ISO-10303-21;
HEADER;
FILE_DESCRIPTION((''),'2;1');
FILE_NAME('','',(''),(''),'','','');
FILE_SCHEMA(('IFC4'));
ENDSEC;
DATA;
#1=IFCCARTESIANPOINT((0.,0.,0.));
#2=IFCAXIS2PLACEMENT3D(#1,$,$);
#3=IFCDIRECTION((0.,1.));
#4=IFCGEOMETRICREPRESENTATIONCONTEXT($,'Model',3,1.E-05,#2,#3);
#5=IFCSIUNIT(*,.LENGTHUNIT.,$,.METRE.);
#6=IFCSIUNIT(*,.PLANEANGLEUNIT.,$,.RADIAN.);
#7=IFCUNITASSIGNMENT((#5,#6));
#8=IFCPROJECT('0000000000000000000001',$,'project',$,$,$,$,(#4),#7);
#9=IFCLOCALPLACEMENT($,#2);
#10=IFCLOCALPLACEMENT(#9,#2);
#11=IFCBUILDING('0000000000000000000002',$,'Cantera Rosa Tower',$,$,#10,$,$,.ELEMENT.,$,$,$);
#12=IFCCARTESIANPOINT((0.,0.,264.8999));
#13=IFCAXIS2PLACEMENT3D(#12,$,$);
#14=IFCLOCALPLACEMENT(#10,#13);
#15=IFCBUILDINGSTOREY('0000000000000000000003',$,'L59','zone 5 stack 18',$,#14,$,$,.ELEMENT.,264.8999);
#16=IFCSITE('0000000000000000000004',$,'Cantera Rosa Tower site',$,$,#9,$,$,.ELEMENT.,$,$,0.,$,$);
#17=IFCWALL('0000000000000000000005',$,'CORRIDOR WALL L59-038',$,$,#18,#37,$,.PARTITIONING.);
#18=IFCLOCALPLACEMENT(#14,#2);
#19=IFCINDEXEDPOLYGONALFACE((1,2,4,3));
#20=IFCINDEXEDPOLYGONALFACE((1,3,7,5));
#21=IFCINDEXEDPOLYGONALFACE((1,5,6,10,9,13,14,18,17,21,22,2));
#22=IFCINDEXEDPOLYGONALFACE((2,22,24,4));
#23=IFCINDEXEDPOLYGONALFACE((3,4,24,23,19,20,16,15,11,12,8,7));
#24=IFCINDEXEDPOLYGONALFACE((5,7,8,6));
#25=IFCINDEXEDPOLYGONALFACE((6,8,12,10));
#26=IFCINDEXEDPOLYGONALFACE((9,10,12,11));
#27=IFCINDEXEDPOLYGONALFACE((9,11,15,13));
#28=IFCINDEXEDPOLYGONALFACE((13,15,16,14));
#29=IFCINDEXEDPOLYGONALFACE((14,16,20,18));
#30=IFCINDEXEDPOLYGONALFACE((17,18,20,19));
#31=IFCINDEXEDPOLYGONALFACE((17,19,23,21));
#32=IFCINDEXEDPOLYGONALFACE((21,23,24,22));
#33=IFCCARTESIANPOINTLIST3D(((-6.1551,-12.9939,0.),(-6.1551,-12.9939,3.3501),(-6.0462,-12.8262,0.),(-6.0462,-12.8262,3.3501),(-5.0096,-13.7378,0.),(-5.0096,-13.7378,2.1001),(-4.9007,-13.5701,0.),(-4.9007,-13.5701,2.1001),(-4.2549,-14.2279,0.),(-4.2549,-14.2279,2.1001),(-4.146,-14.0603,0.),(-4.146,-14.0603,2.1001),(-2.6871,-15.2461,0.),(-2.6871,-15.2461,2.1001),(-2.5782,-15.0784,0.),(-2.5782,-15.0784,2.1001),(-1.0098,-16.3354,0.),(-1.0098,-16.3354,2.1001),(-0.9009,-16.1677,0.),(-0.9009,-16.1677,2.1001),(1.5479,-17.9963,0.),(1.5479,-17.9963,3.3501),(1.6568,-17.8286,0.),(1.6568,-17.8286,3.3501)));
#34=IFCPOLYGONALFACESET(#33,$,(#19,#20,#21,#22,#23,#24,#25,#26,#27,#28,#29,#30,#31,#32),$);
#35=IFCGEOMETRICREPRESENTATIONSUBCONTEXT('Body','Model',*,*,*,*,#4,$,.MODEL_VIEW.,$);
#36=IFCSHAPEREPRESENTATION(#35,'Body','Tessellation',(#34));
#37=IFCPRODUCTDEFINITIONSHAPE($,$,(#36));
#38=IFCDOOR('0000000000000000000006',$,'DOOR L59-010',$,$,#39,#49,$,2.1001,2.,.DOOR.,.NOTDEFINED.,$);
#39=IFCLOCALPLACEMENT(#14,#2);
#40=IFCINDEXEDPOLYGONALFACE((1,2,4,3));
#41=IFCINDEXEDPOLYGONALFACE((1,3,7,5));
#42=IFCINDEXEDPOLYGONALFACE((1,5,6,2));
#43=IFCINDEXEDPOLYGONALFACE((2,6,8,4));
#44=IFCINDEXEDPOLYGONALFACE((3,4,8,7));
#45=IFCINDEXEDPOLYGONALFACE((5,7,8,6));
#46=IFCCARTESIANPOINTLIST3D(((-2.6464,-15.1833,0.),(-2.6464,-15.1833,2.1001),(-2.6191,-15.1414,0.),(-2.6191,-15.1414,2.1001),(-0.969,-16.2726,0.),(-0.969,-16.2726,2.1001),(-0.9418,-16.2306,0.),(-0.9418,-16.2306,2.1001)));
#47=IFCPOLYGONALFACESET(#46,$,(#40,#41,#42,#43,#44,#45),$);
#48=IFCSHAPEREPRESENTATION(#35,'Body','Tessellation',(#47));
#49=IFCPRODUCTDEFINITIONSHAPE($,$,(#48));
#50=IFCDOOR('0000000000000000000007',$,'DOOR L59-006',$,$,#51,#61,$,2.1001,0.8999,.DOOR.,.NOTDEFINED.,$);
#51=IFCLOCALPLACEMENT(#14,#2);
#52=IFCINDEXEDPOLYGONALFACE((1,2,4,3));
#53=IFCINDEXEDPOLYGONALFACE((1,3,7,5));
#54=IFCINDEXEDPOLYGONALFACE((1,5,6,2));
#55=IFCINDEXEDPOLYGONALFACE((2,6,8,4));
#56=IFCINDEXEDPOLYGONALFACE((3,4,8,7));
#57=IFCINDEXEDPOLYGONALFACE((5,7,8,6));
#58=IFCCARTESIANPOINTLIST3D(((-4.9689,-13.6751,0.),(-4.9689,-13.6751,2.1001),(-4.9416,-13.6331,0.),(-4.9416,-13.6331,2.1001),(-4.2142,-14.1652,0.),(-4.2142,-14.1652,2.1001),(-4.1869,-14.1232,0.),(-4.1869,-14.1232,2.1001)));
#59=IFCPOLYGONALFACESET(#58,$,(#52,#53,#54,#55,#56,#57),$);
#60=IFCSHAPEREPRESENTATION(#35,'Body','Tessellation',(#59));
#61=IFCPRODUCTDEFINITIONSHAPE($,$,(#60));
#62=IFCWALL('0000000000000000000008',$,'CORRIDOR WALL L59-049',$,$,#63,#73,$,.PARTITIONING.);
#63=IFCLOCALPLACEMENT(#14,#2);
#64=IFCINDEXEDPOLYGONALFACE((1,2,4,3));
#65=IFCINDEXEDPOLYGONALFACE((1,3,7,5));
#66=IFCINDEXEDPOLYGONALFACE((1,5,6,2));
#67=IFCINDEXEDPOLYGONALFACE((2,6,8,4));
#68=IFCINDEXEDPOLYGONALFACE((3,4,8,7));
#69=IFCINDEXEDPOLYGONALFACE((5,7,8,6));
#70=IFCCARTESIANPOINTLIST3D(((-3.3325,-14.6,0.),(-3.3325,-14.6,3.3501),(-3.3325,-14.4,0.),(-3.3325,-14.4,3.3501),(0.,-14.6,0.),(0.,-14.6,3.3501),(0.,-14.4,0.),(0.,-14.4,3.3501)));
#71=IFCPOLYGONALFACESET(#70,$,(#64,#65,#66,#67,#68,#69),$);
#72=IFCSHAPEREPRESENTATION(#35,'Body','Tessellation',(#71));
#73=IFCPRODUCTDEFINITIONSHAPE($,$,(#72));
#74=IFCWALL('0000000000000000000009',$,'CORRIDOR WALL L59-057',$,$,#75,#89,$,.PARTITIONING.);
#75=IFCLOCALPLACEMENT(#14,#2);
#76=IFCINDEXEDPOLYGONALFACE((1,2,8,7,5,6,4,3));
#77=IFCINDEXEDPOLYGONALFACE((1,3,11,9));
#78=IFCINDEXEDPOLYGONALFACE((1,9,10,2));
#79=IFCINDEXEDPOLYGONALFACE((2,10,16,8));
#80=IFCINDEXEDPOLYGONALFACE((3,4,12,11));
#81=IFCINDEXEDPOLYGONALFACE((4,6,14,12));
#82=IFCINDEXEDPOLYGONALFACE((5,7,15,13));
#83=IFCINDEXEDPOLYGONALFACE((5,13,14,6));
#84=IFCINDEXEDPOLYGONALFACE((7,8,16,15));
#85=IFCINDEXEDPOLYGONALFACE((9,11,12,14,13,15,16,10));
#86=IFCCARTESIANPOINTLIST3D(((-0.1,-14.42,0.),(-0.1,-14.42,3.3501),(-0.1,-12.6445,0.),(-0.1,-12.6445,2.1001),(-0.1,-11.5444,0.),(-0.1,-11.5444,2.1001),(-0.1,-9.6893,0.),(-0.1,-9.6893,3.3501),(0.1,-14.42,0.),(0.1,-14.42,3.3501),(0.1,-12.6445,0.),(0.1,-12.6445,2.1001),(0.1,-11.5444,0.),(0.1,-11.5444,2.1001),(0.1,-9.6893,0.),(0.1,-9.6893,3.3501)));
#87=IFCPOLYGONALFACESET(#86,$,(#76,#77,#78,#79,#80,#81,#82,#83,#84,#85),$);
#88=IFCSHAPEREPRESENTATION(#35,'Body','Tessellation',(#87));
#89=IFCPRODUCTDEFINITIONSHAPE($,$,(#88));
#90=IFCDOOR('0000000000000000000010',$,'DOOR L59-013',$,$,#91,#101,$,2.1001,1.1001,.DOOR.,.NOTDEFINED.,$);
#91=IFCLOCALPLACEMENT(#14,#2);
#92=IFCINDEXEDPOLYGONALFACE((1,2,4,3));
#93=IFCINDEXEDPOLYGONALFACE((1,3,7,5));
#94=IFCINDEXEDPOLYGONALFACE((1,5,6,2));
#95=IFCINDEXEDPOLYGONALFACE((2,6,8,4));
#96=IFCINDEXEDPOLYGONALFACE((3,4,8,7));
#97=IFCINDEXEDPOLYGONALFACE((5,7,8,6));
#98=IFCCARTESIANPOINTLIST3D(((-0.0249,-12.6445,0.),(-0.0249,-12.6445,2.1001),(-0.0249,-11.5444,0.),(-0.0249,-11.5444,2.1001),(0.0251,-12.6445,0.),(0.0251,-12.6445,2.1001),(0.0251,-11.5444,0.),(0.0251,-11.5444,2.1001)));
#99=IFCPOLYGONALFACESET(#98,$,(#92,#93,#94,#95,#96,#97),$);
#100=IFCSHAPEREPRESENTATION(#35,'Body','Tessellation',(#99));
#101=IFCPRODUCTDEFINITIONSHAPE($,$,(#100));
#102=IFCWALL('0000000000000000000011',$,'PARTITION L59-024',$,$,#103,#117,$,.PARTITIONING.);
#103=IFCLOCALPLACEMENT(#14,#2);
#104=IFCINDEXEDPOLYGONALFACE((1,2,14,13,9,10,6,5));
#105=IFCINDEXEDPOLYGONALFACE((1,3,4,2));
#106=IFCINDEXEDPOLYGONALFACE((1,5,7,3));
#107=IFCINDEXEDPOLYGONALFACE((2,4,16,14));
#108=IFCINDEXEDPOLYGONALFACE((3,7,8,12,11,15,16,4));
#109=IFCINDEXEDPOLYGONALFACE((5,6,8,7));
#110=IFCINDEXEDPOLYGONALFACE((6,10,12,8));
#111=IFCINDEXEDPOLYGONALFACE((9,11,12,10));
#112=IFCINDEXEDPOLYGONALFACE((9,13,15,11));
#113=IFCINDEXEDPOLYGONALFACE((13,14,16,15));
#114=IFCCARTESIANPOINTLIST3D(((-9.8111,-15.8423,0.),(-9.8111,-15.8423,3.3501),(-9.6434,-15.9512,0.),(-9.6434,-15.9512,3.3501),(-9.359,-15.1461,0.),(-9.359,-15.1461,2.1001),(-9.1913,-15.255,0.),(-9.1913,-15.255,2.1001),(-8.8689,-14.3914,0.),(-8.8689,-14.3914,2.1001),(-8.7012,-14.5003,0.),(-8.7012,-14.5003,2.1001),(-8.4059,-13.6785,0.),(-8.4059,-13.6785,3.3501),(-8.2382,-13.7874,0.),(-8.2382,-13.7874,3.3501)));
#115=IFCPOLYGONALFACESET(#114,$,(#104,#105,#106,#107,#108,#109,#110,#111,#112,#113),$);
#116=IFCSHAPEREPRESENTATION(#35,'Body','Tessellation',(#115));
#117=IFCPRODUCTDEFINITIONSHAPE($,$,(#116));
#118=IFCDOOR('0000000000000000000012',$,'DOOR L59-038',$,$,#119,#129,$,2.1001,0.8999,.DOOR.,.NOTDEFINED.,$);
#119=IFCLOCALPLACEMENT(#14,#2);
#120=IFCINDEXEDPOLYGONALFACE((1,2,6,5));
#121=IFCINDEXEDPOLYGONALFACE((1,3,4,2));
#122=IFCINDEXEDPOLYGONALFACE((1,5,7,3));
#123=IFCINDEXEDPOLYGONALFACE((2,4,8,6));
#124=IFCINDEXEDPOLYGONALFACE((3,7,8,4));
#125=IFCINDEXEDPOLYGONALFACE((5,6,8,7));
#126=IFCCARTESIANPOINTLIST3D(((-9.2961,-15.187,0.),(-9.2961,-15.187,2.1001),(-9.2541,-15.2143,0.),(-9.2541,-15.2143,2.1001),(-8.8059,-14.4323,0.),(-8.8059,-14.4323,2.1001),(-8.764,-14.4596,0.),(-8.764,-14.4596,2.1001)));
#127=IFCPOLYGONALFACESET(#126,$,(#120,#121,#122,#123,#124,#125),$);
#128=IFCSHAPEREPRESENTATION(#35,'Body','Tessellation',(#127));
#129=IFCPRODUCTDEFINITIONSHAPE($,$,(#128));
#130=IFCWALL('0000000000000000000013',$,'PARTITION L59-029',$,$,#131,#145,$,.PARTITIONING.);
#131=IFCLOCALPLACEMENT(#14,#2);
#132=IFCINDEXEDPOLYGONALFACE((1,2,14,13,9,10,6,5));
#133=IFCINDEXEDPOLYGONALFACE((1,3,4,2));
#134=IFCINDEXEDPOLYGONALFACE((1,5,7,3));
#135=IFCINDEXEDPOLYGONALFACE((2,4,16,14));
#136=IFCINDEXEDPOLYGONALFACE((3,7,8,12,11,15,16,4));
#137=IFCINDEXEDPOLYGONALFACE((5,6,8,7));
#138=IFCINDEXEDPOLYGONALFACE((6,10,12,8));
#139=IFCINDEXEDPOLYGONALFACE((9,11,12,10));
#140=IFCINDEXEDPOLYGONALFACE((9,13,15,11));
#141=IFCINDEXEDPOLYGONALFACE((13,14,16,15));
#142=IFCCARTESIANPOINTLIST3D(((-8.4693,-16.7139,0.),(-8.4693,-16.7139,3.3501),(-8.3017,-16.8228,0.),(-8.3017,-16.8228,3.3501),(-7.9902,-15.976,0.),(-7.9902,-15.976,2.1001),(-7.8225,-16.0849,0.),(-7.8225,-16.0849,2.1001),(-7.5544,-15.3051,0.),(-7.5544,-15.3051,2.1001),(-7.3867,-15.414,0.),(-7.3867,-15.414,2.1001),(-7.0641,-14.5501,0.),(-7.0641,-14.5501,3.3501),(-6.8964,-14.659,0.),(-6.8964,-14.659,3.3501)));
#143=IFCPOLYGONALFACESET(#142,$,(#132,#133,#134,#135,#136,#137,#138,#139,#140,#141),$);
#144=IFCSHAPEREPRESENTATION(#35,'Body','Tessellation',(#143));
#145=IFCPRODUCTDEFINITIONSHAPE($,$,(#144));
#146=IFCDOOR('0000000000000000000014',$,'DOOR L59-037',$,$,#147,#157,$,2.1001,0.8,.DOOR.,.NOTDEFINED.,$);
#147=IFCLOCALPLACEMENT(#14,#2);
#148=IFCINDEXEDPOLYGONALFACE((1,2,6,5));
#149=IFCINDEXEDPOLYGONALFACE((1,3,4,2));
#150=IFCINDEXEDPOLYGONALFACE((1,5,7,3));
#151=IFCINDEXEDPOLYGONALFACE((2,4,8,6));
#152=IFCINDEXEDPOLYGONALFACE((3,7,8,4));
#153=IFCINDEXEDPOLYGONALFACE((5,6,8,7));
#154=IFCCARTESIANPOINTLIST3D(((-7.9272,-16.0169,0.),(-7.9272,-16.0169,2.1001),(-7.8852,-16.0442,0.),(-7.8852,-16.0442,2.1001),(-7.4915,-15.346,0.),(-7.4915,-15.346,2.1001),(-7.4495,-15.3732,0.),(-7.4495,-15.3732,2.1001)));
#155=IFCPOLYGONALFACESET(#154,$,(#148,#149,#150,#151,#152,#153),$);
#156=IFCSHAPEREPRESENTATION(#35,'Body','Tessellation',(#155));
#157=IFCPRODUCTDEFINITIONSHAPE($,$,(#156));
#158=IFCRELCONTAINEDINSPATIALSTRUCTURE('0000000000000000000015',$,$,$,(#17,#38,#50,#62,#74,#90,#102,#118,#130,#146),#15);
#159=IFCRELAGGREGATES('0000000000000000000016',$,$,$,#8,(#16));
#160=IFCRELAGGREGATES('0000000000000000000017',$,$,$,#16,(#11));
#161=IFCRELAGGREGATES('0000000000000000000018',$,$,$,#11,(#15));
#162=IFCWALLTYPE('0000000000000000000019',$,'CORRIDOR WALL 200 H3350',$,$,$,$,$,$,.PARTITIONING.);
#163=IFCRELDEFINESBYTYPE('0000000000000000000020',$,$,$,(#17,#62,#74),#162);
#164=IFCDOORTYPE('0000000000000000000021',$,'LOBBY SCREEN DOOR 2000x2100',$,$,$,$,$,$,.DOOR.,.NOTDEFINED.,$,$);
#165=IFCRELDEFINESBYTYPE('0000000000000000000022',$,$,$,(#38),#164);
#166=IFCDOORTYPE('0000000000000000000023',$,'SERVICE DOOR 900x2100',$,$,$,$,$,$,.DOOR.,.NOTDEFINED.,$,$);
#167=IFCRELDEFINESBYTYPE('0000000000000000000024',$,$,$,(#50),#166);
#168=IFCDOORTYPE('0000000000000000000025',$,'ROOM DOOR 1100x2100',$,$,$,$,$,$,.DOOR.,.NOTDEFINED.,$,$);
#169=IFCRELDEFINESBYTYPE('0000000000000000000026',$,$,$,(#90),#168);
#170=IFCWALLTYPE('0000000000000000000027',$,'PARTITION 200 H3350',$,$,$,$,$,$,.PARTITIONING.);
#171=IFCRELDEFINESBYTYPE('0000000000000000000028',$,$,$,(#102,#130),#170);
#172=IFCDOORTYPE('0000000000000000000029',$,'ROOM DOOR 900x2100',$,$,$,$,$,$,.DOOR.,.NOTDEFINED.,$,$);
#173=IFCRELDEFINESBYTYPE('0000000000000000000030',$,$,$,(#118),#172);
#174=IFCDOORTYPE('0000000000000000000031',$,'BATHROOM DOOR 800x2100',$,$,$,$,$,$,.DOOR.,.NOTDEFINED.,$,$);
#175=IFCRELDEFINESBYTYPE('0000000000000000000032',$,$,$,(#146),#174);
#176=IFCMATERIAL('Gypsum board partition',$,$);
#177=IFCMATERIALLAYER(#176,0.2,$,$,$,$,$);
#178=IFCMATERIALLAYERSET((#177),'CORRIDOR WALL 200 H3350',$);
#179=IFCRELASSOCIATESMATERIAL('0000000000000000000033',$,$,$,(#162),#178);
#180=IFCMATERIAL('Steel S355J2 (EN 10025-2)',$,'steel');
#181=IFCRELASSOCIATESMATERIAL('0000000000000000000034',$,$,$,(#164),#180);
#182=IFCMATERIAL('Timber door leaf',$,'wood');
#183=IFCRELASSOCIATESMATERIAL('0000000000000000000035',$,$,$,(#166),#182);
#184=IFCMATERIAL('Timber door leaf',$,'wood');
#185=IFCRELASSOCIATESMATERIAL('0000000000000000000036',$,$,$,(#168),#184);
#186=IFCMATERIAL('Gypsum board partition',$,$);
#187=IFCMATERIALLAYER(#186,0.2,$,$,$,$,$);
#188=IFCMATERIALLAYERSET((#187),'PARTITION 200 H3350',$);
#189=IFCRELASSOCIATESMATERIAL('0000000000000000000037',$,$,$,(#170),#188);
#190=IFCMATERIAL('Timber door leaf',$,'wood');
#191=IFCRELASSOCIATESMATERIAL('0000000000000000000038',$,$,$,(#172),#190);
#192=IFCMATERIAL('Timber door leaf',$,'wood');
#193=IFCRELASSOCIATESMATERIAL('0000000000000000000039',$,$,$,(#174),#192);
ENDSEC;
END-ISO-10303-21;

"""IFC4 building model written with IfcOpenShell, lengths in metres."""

from ifc_helpers import new_model, si_unit, direction, frame, frame_2d, origin, place, context, subcontext, project, spatial, rectangle, extrude, material, layer, layer_set, type_object, element, fill, save


model = new_model("IFC4")

# Units and contexts
model_context = context("Model", 3, precision=1e-05, world=origin(), true_north=direction((0.0, 1.0)))
body_context = subcontext(model_context, "Body", "Model", "MODEL_VIEW")
ifc_project = project(units=[si_unit("LENGTHUNIT", "METRE"), si_unit("PLANEANGLEUNIT", "RADIAN")], contexts=[model_context])

# Site, building, storey
site_placement = place(None, origin())
site = spatial("IfcSite", under=ifc_project, at=site_placement, Name="Cantera Rosa Tower site", CompositionType="ELEMENT", RefElevation=0.0)
building_placement = place(site_placement, origin())
building = spatial("IfcBuilding", under=site, at=building_placement, Name="Cantera Rosa Tower", CompositionType="ELEMENT")
storey_placement = place(building_placement, frame((0.0, 0.0, 264.8999)))
storey = spatial("IfcBuildingStorey", under=building, at=storey_placement, Name="L59", Description="zone 5 stack 18", CompositionType="ELEMENT", Elevation=264.8999)

# Wall, openings, doors
ifc_material_1 = material(Name="Gypsum board partition")
ifc_layer_1 = layer(ifc_material_1, 0.2)
ifc_layer_set_1 = layer_set([ifc_layer_1], Name="CORRIDOR WALL 200 H3350")
wall_type_1 = type_object("IfcWallType", Name="CORRIDOR WALL 200 H3350", PredefinedType="PARTITIONING", material=ifc_layer_set_1)
wall_1_placement = place(storey_placement, frame((-6.1006, -12.9102, 0.0), z_axis=(0.0, 0.0, 1.0), x_axis=(0.838672, -0.544637, 0.0)))
wall_1 = element("IfcWall", 1, at=wall_1_placement, inside=storey, type_object=wall_type_1, Name="CORRIDOR WALL L59-038", PredefinedType="PARTITIONING", context=body_context, shape_type="SweptSolid", body=[
    extrude(rectangle(XDim=9.1848, YDim=0.2, at=frame_2d((4.5923, 0.0))), origin(), (0.0, 0.0, 1.0), 3.3501),
])
opening_1_placement = place(wall_1_placement, frame((1.3657, 0.0, 0.0)))
opening_1 = element("IfcOpeningElement", 2, at=opening_1_placement, cuts=wall_1, PredefinedType="OPENING", context=body_context, shape_type="SweptSolid", body=[
    extrude(rectangle(XDim=0.8999, YDim=2.1001, at=frame_2d((0.45, 1.05))), frame((0.0, 0.1099, 0.0), z_axis=(0.0, -1.0, 0.0), x_axis=(1.0, 0.0, 0.0)), (0.0, 0.0, 1.0), 0.22),
])
opening_2_placement = place(wall_1_placement, frame((4.135, 0.0, 0.0)))
opening_2 = element("IfcOpeningElement", 3, at=opening_2_placement, cuts=wall_1, PredefinedType="OPENING", context=body_context, shape_type="SweptSolid", body=[
    extrude(rectangle(XDim=2.0, YDim=2.1001, at=frame_2d((1.0, 1.05))), frame((0.0, 0.1099, 0.0), z_axis=(0.0, -1.0, 0.0), x_axis=(1.0, 0.0, 0.0)), (0.0, 0.0, 1.0), 0.22),
])
ifc_material_2 = material(Name="Steel S355J2 (EN 10025-2)", Category="steel")
door_type_1 = type_object("IfcDoorType", Name="LOBBY SCREEN DOOR 2000x2100", OperationType="NOTDEFINED", PredefinedType="DOOR", material=ifc_material_2)
door_1_placement = place(opening_2_placement, origin())
door_1 = element("IfcDoor", 4, at=door_1_placement, inside=storey, type_object=door_type_1, Name="DOOR L59-010", OperationType="NOTDEFINED", OverallHeight=2.1001, OverallWidth=2.0, PredefinedType="DOOR", context=body_context, shape_type="SweptSolid", body=[
    extrude(rectangle(XDim=2.0, YDim=2.1001, at=frame_2d((1.0, 1.05))), frame((0.0, 0.0249, 0.0), z_axis=(0.0, -1.0, 0.0), x_axis=(1.0, 0.0, 0.0)), (0.0, 0.0, 1.0), 0.05),
])
fill(opening_2, door_1)
ifc_material_3 = material(Name="Timber door leaf", Category="wood")
door_type_2 = type_object("IfcDoorType", Name="SERVICE DOOR 900x2100", OperationType="NOTDEFINED", PredefinedType="DOOR", material=ifc_material_3)
door_2_placement = place(opening_1_placement, origin())
door_2 = element("IfcDoor", 5, at=door_2_placement, inside=storey, type_object=door_type_2, Name="DOOR L59-006", OperationType="NOTDEFINED", OverallHeight=2.1001, OverallWidth=0.8999, PredefinedType="DOOR", context=body_context, shape_type="SweptSolid", body=[
    extrude(rectangle(XDim=0.8999, YDim=2.1001, at=frame_2d((0.45, 1.05))), frame((0.0, 0.0249, 0.0), z_axis=(0.0, -1.0, 0.0), x_axis=(1.0, 0.0, 0.0)), (0.0, 0.0, 1.0), 0.05),
])
fill(opening_1, door_2)

# Wall
wall_2_placement = place(storey_placement, frame((-3.3325, -14.5, 0.0), z_axis=(0.0, 0.0, 1.0), x_axis=(1.0, 0.0, 0.0)))
element("IfcWall", 6, at=wall_2_placement, inside=storey, type_object=wall_type_1, Name="CORRIDOR WALL L59-049", PredefinedType="PARTITIONING", context=body_context, shape_type="SweptSolid", body=[
    extrude(rectangle(XDim=3.3325, YDim=0.2, at=frame_2d((1.6663, 0.0))), origin(), (0.0, 0.0, 1.0), 3.3501),
])

# Walls, openings, doors
wall_3_placement = place(storey_placement, frame((0.0, -14.4199, 0.0), z_axis=(0.0, 0.0, 1.0), x_axis=(0.0, 1.0, 0.0)))
wall_3 = element("IfcWall", 7, at=wall_3_placement, inside=storey, type_object=wall_type_1, Name="CORRIDOR WALL L59-057", PredefinedType="PARTITIONING", context=body_context, shape_type="SweptSolid", body=[
    extrude(rectangle(XDim=4.7307, YDim=0.2, at=frame_2d((2.3652, 0.0))), origin(), (0.0, 0.0, 1.0), 3.3501),
])
opening_3_placement = place(wall_3_placement, frame((1.7754, 0.0, 0.0)))
opening_3 = element("IfcOpeningElement", 8, at=opening_3_placement, cuts=wall_3, PredefinedType="OPENING", context=body_context, shape_type="SweptSolid", body=[
    extrude(rectangle(XDim=1.1001, YDim=2.1001, at=frame_2d((0.55, 1.05))), frame((0.0, 0.1099, 0.0), z_axis=(0.0, -1.0, 0.0), x_axis=(1.0, 0.0, 0.0)), (0.0, 0.0, 1.0), 0.22),
])
ifc_material_4 = material(Name="Timber door leaf", Category="wood")
door_type_3 = type_object("IfcDoorType", Name="ROOM DOOR 1100x2100", OperationType="NOTDEFINED", PredefinedType="DOOR", material=ifc_material_4)
door_3_placement = place(opening_3_placement, origin())
door_3 = element("IfcDoor", 9, at=door_3_placement, inside=storey, type_object=door_type_3, Name="DOOR L59-013", OperationType="NOTDEFINED", OverallHeight=2.1001, OverallWidth=1.1001, PredefinedType="DOOR", context=body_context, shape_type="SweptSolid", body=[
    extrude(rectangle(XDim=1.1001, YDim=2.1001, at=frame_2d((0.55, 1.05))), frame((0.0, 0.0249, 0.0), z_axis=(0.0, -1.0, 0.0), x_axis=(1.0, 0.0, 0.0)), (0.0, 0.0, 1.0), 0.05),
])
fill(opening_3, door_3)
ifc_material_5 = material(Name="Gypsum board partition")
ifc_layer_2 = layer(ifc_material_5, 0.2)
ifc_layer_set_2 = layer_set([ifc_layer_2], Name="PARTITION 200 H3350")
wall_type_2 = type_object("IfcWallType", Name="PARTITION 200 H3350", PredefinedType="PARTITIONING", material=ifc_layer_set_2)
wall_4_placement = place(storey_placement, frame((-9.7273, -15.8967, 0.0), z_axis=(0.0, 0.0, 1.0), x_axis=(0.544659, 0.838658, 0.0)))
wall_4 = element("IfcWall", 10, at=wall_4_placement, inside=storey, type_object=wall_type_2, Name="PARTITION L59-024", PredefinedType="PARTITIONING", context=body_context, shape_type="SweptSolid", body=[
    extrude(rectangle(XDim=2.5801, YDim=0.2, at=frame_2d((1.29, 0.0))), origin(), (0.0, 0.0, 1.0), 3.3501),
])
opening_4_placement = place(wall_4_placement, frame((0.8301, 0.0, 0.0)))
opening_4 = element("IfcOpeningElement", 11, at=opening_4_placement, cuts=wall_4, PredefinedType="OPENING", context=body_context, shape_type="SweptSolid", body=[
    extrude(rectangle(XDim=0.8999, YDim=2.1001, at=frame_2d((0.45, 1.05))), frame((0.0, 0.1099, 0.0), z_axis=(0.0, -1.0, 0.0), x_axis=(1.0, 0.0, 0.0)), (0.0, 0.0, 1.0), 0.22),
])
ifc_material_6 = material(Name="Timber door leaf", Category="wood")
door_type_4 = type_object("IfcDoorType", Name="ROOM DOOR 900x2100", OperationType="NOTDEFINED", PredefinedType="DOOR", material=ifc_material_6)
door_4_placement = place(opening_4_placement, origin())
door_4 = element("IfcDoor", 12, at=door_4_placement, inside=storey, type_object=door_type_4, Name="DOOR L59-038", OperationType="NOTDEFINED", OverallHeight=2.1001, OverallWidth=0.8999, PredefinedType="DOOR", context=body_context, shape_type="SweptSolid", body=[
    extrude(rectangle(XDim=0.8999, YDim=2.1001, at=frame_2d((0.45, 1.05))), frame((0.0, 0.0249, 0.0), z_axis=(0.0, -1.0, 0.0), x_axis=(1.0, 0.0, 0.0)), (0.0, 0.0, 1.0), 0.05),
])
fill(opening_4, door_4)
wall_5_placement = place(storey_placement, frame((-8.3855, -16.7683, 0.0), z_axis=(0.0, 0.0, 1.0), x_axis=(0.544659, 0.838658, 0.0)))
wall_5 = element("IfcWall", 13, at=wall_5_placement, inside=storey, type_object=wall_type_2, Name="PARTITION L59-029", PredefinedType="PARTITIONING", context=body_context, shape_type="SweptSolid", body=[
    extrude(rectangle(XDim=2.5801, YDim=0.2, at=frame_2d((1.29, 0.0))), origin(), (0.0, 0.0, 1.0), 3.3501),
])
opening_5_placement = place(wall_5_placement, frame((0.8799, 0.0, 0.0)))
opening_5 = element("IfcOpeningElement", 14, at=opening_5_placement, cuts=wall_5, PredefinedType="OPENING", context=body_context, shape_type="SweptSolid", body=[
    extrude(rectangle(XDim=0.8, YDim=2.1001, at=frame_2d((0.3999, 1.05))), frame((0.0, 0.1099, 0.0), z_axis=(0.0, -1.0, 0.0), x_axis=(1.0, 0.0, 0.0)), (0.0, 0.0, 1.0), 0.22),
])
ifc_material_7 = material(Name="Timber door leaf", Category="wood")
door_type_5 = type_object("IfcDoorType", Name="BATHROOM DOOR 800x2100", OperationType="NOTDEFINED", PredefinedType="DOOR", material=ifc_material_7)
door_5_placement = place(opening_5_placement, origin())
door_5 = element("IfcDoor", 15, at=door_5_placement, inside=storey, type_object=door_type_5, Name="DOOR L59-037", OperationType="NOTDEFINED", OverallHeight=2.1001, OverallWidth=0.8, PredefinedType="DOOR", context=body_context, shape_type="SweptSolid", body=[
    extrude(rectangle(XDim=0.8, YDim=2.1001, at=frame_2d((0.3999, 1.05))), frame((0.0, 0.0249, 0.0), z_axis=(0.0, -1.0, 0.0), x_axis=(1.0, 0.0, 0.0)), (0.0, 0.0, 1.0), 0.05),
])
fill(opening_5, door_5)

save(model, "model.ifc")
